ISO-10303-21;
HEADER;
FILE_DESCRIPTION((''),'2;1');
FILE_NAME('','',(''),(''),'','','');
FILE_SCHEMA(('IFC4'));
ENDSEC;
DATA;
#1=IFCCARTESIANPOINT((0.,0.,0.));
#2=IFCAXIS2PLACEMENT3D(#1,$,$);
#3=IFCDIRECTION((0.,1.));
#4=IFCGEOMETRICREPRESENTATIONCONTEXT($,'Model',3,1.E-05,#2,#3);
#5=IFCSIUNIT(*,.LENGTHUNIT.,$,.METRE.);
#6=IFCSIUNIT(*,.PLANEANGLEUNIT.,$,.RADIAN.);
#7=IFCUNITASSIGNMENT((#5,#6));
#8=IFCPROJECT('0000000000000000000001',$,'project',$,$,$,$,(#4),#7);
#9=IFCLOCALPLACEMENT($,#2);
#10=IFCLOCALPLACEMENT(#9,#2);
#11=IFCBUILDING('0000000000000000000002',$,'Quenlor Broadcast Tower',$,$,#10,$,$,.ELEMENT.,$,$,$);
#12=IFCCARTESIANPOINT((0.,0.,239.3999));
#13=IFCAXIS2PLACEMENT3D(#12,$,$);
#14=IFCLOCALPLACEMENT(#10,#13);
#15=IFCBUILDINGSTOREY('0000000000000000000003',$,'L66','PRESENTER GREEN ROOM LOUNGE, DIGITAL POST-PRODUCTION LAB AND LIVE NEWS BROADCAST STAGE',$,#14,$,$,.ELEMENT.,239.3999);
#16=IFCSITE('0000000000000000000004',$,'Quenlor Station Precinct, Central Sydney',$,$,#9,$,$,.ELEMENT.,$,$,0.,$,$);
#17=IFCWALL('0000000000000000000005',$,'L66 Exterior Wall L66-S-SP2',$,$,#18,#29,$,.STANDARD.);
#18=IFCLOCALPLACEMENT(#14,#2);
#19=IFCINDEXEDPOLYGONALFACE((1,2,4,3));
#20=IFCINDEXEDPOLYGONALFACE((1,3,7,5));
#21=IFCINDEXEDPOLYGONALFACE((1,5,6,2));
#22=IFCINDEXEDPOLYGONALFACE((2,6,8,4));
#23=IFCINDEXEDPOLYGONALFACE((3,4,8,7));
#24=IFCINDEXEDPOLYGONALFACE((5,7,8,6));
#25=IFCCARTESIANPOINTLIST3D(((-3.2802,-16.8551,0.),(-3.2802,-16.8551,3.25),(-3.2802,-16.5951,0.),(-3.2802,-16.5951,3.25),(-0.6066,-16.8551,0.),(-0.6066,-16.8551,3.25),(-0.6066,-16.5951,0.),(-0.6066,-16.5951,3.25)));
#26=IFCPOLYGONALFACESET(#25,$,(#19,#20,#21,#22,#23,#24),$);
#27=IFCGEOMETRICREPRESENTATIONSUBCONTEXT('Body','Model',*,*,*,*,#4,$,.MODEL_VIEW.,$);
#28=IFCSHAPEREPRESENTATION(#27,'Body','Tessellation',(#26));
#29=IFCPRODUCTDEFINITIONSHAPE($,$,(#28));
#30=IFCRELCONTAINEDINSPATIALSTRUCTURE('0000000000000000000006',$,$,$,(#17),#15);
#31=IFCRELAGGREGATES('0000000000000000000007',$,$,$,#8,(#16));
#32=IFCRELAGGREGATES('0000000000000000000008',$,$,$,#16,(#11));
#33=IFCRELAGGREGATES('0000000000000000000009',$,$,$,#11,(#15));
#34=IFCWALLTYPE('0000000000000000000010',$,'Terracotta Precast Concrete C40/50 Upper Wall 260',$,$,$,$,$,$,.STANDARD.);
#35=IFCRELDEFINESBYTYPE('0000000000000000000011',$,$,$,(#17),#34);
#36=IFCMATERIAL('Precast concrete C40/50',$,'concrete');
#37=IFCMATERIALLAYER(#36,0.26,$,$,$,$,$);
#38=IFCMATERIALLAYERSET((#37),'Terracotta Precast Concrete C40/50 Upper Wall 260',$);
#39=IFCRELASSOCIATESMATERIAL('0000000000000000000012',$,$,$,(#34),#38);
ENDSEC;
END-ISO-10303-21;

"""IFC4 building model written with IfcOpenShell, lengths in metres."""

from ifc_helpers import new_model, si_unit, direction, frame, frame_2d, origin, place, context, subcontext, project, spatial, rectangle, extrude, material, layer, layer_set, type_object, element, save


model = new_model("IFC4")

# Units and contexts
model_context = context("Model", 3, precision=1e-05, world=origin(), true_north=direction((0.0, 1.0)))
body_context = subcontext(model_context, "Body", "Model", "MODEL_VIEW")
ifc_project = project(units=[si_unit("LENGTHUNIT", "METRE"), si_unit("PLANEANGLEUNIT", "RADIAN")], contexts=[model_context])

# Site, building, storey
site_placement = place(None, origin())
site = spatial("IfcSite", under=ifc_project, at=site_placement, Name="Quenlor Station Precinct, Central Sydney", CompositionType="ELEMENT", RefElevation=0.0)
building_placement = place(site_placement, origin())
building = spatial("IfcBuilding", under=site, at=building_placement, Name="Quenlor Broadcast Tower", CompositionType="ELEMENT")
storey_placement = place(building_placement, frame((0.0, 0.0, 239.3999)))
storey = spatial("IfcBuildingStorey", under=building, at=storey_placement, Name="L66", Description="PRESENTER GREEN ROOM LOUNGE, DIGITAL POST-PRODUCTION LAB AND LIVE NEWS BROADCAST STAGE", CompositionType="ELEMENT", Elevation=239.3999)

# Wall
ifc_material_1 = material(Name="Precast concrete C40/50", Category="concrete")
ifc_layer_1 = layer(ifc_material_1, 0.26)
ifc_layer_set_1 = layer_set([ifc_layer_1], Name="Terracotta Precast Concrete C40/50 Upper Wall 260")
wall_type_1 = type_object("IfcWallType", Name="Terracotta Precast Concrete C40/50 Upper Wall 260", PredefinedType="STANDARD", material=ifc_layer_set_1)
wall_1_placement = place(storey_placement, frame((-0.6064, -16.7251, 0.0), z_axis=(0.0, 0.0, 1.0), x_axis=(-1.0, 0.0, 0.0)))
element("IfcWall", 1, at=wall_1_placement, inside=storey, type_object=wall_type_1, Name="L66 Exterior Wall L66-S-SP2", PredefinedType="STANDARD", context=body_context, shape_type="SweptSolid", body=[
    extrude(rectangle(XDim=2.6736, YDim=0.26, at=frame_2d((1.3369, 0.0))), origin(), (0.0, 0.0, 1.0), 3.25),
])

save(model, "model.ifc")
